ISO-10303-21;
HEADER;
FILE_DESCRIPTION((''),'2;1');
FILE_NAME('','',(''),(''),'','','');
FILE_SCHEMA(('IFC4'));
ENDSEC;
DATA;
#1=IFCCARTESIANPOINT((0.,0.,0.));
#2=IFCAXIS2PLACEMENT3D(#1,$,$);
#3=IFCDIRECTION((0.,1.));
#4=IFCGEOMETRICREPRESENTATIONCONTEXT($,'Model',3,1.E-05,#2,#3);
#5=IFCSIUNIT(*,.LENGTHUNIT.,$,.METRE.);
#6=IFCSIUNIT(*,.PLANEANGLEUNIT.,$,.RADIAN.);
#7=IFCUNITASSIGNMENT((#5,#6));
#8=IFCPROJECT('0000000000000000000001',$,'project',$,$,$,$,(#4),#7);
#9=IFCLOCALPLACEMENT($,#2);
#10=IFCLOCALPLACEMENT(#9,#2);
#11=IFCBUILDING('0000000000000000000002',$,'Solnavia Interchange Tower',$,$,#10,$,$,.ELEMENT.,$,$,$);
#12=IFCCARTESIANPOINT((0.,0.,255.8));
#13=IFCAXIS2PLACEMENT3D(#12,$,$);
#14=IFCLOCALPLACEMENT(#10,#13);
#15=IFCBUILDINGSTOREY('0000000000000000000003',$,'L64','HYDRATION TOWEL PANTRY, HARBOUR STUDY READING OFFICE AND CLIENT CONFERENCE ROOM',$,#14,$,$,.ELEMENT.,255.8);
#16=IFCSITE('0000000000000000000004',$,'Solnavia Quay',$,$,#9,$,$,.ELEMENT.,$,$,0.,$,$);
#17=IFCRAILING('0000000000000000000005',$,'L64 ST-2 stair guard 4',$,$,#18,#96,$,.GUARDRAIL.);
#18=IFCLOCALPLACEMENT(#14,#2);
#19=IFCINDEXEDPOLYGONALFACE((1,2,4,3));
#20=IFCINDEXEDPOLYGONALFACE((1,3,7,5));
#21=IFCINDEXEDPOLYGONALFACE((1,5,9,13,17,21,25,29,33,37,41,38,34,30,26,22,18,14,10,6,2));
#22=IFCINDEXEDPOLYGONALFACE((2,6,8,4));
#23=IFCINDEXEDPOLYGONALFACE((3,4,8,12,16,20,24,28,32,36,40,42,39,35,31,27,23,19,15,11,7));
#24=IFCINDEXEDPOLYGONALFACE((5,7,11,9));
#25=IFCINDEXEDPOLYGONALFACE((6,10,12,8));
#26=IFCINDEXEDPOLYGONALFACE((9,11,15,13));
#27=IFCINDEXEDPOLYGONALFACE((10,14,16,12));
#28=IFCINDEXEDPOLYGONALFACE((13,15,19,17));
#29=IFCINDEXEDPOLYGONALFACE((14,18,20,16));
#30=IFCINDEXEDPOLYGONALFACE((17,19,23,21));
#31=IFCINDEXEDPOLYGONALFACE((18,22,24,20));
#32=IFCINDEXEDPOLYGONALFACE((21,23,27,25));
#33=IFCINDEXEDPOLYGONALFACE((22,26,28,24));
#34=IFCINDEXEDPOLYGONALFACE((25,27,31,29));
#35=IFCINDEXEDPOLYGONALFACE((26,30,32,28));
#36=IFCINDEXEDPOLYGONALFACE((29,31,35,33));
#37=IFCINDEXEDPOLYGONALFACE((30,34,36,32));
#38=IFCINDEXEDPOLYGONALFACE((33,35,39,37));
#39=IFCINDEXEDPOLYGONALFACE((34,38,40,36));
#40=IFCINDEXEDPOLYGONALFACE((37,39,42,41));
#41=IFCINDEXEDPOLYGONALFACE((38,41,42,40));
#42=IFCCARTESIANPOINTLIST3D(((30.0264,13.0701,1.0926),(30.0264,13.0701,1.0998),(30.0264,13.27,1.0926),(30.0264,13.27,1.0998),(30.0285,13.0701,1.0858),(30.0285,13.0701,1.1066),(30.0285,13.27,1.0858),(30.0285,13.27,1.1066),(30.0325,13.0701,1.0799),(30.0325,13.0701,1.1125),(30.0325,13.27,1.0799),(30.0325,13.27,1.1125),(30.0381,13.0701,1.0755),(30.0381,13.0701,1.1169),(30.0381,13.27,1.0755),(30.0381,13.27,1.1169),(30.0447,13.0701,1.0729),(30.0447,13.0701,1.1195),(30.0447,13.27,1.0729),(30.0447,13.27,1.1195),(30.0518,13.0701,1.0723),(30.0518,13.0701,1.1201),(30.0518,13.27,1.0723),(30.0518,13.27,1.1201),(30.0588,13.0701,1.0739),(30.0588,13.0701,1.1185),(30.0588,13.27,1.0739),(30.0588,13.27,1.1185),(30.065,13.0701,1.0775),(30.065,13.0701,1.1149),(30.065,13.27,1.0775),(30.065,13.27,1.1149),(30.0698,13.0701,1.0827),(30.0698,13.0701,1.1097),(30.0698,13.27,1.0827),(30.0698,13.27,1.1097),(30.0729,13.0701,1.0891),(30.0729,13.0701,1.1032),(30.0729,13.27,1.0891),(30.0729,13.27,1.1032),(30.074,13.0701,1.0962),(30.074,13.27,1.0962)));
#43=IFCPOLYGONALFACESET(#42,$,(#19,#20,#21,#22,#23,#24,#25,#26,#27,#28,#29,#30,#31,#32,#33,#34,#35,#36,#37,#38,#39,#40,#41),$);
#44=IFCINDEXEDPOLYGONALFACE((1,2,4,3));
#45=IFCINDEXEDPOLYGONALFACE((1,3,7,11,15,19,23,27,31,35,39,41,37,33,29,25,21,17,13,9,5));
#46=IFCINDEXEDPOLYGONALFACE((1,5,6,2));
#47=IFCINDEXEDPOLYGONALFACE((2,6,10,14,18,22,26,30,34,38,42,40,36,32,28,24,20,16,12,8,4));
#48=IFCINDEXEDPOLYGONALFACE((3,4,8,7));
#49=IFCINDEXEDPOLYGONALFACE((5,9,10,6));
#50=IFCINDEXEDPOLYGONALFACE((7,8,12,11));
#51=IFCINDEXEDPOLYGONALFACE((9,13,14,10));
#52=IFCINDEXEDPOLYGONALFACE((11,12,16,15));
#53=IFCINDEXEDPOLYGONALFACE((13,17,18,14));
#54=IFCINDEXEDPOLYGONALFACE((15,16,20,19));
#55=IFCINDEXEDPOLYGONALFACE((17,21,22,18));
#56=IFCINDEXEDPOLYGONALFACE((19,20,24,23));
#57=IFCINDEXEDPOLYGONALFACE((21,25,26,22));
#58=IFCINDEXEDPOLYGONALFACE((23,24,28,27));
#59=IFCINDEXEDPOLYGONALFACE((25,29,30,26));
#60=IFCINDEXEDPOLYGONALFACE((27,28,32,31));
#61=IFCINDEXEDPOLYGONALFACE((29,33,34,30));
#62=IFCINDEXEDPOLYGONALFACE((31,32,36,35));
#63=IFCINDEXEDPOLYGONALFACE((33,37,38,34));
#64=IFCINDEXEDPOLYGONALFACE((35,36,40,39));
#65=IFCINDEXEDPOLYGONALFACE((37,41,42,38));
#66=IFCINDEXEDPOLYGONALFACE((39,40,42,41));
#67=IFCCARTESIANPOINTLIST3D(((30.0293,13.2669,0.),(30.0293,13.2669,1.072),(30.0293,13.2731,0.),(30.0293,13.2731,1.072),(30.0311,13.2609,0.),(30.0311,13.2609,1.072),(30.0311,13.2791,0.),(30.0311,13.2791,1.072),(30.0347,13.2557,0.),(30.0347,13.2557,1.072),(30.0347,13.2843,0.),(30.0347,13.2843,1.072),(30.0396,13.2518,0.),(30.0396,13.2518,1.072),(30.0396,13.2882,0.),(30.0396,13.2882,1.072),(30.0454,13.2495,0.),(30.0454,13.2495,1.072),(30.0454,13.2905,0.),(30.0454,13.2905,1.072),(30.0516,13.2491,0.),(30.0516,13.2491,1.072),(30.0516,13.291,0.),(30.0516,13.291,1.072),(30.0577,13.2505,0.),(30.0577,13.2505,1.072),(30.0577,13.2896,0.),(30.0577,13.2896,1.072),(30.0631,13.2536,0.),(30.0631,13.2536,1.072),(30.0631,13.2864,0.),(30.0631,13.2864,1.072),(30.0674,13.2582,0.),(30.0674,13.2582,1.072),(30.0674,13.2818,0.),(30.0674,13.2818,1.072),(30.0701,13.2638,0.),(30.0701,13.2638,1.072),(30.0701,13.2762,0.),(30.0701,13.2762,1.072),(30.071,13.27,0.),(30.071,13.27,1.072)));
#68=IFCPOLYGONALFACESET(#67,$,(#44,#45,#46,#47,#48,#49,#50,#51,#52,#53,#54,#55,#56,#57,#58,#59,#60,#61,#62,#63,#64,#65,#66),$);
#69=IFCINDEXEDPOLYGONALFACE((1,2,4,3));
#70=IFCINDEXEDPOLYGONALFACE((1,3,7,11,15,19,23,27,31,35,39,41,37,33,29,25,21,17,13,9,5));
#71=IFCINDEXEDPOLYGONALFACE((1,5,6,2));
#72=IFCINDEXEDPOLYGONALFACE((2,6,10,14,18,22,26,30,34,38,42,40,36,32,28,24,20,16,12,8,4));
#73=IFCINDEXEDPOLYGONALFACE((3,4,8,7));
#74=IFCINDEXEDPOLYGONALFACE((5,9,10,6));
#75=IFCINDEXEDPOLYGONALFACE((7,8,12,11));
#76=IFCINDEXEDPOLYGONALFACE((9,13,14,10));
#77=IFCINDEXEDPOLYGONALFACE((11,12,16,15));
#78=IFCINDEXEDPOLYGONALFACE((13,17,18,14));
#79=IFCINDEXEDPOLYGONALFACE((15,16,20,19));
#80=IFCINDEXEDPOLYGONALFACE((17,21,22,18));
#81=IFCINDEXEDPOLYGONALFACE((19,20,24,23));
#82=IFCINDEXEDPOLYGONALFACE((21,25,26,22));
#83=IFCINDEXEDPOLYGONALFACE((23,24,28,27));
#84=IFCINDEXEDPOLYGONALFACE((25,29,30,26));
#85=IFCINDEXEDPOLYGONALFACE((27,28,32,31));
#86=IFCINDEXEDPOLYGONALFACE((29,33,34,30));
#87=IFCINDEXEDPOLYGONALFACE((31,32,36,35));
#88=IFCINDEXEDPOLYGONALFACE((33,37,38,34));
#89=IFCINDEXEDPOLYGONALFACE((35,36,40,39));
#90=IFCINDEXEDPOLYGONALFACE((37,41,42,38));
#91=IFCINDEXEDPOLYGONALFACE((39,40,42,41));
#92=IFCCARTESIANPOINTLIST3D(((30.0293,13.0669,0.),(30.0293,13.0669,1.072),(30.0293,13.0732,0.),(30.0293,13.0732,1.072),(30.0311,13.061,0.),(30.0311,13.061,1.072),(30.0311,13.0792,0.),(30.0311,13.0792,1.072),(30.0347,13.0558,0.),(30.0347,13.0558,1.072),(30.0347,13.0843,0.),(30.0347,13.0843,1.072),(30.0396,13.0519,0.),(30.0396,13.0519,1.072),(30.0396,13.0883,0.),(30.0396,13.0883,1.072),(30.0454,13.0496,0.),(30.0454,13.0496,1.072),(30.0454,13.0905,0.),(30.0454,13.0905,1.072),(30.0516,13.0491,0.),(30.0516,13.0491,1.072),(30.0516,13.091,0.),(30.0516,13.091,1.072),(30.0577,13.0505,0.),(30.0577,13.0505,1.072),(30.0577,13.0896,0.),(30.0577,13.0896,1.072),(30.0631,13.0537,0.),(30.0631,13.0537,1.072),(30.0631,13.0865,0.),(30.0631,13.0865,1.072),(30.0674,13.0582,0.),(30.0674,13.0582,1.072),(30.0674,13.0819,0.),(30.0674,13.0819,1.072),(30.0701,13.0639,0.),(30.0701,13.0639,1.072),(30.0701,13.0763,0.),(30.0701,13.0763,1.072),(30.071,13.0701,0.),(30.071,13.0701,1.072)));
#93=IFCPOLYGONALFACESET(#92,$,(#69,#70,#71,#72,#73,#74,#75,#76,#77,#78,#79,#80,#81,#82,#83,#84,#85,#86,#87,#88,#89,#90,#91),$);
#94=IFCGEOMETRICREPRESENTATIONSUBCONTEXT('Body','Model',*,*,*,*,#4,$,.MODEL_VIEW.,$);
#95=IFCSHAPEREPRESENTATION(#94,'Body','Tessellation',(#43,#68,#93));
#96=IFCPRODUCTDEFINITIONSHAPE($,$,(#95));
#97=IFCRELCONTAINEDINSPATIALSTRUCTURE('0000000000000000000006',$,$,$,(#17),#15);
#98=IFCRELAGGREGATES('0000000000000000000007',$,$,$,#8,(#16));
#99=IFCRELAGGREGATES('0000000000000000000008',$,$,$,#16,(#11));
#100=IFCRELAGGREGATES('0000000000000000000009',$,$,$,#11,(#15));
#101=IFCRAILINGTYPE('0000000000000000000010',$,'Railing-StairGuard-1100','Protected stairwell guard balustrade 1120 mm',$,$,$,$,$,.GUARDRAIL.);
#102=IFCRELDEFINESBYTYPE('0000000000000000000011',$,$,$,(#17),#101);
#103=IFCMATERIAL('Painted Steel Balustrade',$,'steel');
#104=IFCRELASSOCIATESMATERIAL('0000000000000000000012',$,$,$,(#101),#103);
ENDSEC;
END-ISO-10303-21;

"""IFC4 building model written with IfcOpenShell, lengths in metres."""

from ifc_helpers import new_model, si_unit, direction, frame, origin, origin_2d, place, context, subcontext, project, spatial, circle, extrude, material, type_object, element, save


model = new_model("IFC4")

# Units and contexts
model_context = context("Model", 3, precision=1e-05, world=origin(), true_north=direction((0.0, 1.0)))
body_context = subcontext(model_context, "Body", "Model", "MODEL_VIEW")
ifc_project = project(units=[si_unit("LENGTHUNIT", "METRE"), si_unit("PLANEANGLEUNIT", "RADIAN")], contexts=[model_context])

# Site, building, storey
site_placement = place(None, origin())
site = spatial("IfcSite", under=ifc_project, at=site_placement, Name="Solnavia Quay", CompositionType="ELEMENT", RefElevation=0.0)
building_placement = place(site_placement, origin())
building = spatial("IfcBuilding", under=site, at=building_placement, Name="Solnavia Interchange Tower", CompositionType="ELEMENT")
storey_placement = place(building_placement, frame((0.0, 0.0, 255.8)))
storey = spatial("IfcBuildingStorey", under=building, at=storey_placement, Name="L64", Description="HYDRATION TOWEL PANTRY, HARBOUR STUDY READING OFFICE AND CLIENT CONFERENCE ROOM", CompositionType="ELEMENT", Elevation=255.8)

# Railing
ifc_material_1 = material(Name="Painted Steel Balustrade", Category="steel")
railing_type_1 = type_object("IfcRailingType", Name="Railing-StairGuard-1100", Description="Protected stairwell guard balustrade 1120 mm", PredefinedType="GUARDRAIL", material=ifc_material_1)
railing_1_placement = place(storey_placement, frame((30.05, 13.27, 0.0)))
element("IfcRailing", 1, at=railing_1_placement, inside=storey, type_object=railing_type_1, Name="L64 ST-2 stair guard 4", PredefinedType="GUARDRAIL", context=body_context, shape_type="SweptSolid", body=[
    extrude(circle(Radius=0.0239, at=origin_2d()), frame((0.0, 0.0, 1.0962), z_axis=(0.0, -1.0, 0.0), x_axis=(1.0, 0.0, 0.0)), (0.0, 0.0, 1.0), 0.2),
    extrude(circle(Radius=0.021, at=origin_2d()), origin(), (0.0, 0.0, 1.0), 1.072),
    extrude(circle(Radius=0.021, at=origin_2d()), frame((0.0, -0.2, 0.0)), (0.0, 0.0, 1.0), 1.072),
])

save(model, "model.ifc")
